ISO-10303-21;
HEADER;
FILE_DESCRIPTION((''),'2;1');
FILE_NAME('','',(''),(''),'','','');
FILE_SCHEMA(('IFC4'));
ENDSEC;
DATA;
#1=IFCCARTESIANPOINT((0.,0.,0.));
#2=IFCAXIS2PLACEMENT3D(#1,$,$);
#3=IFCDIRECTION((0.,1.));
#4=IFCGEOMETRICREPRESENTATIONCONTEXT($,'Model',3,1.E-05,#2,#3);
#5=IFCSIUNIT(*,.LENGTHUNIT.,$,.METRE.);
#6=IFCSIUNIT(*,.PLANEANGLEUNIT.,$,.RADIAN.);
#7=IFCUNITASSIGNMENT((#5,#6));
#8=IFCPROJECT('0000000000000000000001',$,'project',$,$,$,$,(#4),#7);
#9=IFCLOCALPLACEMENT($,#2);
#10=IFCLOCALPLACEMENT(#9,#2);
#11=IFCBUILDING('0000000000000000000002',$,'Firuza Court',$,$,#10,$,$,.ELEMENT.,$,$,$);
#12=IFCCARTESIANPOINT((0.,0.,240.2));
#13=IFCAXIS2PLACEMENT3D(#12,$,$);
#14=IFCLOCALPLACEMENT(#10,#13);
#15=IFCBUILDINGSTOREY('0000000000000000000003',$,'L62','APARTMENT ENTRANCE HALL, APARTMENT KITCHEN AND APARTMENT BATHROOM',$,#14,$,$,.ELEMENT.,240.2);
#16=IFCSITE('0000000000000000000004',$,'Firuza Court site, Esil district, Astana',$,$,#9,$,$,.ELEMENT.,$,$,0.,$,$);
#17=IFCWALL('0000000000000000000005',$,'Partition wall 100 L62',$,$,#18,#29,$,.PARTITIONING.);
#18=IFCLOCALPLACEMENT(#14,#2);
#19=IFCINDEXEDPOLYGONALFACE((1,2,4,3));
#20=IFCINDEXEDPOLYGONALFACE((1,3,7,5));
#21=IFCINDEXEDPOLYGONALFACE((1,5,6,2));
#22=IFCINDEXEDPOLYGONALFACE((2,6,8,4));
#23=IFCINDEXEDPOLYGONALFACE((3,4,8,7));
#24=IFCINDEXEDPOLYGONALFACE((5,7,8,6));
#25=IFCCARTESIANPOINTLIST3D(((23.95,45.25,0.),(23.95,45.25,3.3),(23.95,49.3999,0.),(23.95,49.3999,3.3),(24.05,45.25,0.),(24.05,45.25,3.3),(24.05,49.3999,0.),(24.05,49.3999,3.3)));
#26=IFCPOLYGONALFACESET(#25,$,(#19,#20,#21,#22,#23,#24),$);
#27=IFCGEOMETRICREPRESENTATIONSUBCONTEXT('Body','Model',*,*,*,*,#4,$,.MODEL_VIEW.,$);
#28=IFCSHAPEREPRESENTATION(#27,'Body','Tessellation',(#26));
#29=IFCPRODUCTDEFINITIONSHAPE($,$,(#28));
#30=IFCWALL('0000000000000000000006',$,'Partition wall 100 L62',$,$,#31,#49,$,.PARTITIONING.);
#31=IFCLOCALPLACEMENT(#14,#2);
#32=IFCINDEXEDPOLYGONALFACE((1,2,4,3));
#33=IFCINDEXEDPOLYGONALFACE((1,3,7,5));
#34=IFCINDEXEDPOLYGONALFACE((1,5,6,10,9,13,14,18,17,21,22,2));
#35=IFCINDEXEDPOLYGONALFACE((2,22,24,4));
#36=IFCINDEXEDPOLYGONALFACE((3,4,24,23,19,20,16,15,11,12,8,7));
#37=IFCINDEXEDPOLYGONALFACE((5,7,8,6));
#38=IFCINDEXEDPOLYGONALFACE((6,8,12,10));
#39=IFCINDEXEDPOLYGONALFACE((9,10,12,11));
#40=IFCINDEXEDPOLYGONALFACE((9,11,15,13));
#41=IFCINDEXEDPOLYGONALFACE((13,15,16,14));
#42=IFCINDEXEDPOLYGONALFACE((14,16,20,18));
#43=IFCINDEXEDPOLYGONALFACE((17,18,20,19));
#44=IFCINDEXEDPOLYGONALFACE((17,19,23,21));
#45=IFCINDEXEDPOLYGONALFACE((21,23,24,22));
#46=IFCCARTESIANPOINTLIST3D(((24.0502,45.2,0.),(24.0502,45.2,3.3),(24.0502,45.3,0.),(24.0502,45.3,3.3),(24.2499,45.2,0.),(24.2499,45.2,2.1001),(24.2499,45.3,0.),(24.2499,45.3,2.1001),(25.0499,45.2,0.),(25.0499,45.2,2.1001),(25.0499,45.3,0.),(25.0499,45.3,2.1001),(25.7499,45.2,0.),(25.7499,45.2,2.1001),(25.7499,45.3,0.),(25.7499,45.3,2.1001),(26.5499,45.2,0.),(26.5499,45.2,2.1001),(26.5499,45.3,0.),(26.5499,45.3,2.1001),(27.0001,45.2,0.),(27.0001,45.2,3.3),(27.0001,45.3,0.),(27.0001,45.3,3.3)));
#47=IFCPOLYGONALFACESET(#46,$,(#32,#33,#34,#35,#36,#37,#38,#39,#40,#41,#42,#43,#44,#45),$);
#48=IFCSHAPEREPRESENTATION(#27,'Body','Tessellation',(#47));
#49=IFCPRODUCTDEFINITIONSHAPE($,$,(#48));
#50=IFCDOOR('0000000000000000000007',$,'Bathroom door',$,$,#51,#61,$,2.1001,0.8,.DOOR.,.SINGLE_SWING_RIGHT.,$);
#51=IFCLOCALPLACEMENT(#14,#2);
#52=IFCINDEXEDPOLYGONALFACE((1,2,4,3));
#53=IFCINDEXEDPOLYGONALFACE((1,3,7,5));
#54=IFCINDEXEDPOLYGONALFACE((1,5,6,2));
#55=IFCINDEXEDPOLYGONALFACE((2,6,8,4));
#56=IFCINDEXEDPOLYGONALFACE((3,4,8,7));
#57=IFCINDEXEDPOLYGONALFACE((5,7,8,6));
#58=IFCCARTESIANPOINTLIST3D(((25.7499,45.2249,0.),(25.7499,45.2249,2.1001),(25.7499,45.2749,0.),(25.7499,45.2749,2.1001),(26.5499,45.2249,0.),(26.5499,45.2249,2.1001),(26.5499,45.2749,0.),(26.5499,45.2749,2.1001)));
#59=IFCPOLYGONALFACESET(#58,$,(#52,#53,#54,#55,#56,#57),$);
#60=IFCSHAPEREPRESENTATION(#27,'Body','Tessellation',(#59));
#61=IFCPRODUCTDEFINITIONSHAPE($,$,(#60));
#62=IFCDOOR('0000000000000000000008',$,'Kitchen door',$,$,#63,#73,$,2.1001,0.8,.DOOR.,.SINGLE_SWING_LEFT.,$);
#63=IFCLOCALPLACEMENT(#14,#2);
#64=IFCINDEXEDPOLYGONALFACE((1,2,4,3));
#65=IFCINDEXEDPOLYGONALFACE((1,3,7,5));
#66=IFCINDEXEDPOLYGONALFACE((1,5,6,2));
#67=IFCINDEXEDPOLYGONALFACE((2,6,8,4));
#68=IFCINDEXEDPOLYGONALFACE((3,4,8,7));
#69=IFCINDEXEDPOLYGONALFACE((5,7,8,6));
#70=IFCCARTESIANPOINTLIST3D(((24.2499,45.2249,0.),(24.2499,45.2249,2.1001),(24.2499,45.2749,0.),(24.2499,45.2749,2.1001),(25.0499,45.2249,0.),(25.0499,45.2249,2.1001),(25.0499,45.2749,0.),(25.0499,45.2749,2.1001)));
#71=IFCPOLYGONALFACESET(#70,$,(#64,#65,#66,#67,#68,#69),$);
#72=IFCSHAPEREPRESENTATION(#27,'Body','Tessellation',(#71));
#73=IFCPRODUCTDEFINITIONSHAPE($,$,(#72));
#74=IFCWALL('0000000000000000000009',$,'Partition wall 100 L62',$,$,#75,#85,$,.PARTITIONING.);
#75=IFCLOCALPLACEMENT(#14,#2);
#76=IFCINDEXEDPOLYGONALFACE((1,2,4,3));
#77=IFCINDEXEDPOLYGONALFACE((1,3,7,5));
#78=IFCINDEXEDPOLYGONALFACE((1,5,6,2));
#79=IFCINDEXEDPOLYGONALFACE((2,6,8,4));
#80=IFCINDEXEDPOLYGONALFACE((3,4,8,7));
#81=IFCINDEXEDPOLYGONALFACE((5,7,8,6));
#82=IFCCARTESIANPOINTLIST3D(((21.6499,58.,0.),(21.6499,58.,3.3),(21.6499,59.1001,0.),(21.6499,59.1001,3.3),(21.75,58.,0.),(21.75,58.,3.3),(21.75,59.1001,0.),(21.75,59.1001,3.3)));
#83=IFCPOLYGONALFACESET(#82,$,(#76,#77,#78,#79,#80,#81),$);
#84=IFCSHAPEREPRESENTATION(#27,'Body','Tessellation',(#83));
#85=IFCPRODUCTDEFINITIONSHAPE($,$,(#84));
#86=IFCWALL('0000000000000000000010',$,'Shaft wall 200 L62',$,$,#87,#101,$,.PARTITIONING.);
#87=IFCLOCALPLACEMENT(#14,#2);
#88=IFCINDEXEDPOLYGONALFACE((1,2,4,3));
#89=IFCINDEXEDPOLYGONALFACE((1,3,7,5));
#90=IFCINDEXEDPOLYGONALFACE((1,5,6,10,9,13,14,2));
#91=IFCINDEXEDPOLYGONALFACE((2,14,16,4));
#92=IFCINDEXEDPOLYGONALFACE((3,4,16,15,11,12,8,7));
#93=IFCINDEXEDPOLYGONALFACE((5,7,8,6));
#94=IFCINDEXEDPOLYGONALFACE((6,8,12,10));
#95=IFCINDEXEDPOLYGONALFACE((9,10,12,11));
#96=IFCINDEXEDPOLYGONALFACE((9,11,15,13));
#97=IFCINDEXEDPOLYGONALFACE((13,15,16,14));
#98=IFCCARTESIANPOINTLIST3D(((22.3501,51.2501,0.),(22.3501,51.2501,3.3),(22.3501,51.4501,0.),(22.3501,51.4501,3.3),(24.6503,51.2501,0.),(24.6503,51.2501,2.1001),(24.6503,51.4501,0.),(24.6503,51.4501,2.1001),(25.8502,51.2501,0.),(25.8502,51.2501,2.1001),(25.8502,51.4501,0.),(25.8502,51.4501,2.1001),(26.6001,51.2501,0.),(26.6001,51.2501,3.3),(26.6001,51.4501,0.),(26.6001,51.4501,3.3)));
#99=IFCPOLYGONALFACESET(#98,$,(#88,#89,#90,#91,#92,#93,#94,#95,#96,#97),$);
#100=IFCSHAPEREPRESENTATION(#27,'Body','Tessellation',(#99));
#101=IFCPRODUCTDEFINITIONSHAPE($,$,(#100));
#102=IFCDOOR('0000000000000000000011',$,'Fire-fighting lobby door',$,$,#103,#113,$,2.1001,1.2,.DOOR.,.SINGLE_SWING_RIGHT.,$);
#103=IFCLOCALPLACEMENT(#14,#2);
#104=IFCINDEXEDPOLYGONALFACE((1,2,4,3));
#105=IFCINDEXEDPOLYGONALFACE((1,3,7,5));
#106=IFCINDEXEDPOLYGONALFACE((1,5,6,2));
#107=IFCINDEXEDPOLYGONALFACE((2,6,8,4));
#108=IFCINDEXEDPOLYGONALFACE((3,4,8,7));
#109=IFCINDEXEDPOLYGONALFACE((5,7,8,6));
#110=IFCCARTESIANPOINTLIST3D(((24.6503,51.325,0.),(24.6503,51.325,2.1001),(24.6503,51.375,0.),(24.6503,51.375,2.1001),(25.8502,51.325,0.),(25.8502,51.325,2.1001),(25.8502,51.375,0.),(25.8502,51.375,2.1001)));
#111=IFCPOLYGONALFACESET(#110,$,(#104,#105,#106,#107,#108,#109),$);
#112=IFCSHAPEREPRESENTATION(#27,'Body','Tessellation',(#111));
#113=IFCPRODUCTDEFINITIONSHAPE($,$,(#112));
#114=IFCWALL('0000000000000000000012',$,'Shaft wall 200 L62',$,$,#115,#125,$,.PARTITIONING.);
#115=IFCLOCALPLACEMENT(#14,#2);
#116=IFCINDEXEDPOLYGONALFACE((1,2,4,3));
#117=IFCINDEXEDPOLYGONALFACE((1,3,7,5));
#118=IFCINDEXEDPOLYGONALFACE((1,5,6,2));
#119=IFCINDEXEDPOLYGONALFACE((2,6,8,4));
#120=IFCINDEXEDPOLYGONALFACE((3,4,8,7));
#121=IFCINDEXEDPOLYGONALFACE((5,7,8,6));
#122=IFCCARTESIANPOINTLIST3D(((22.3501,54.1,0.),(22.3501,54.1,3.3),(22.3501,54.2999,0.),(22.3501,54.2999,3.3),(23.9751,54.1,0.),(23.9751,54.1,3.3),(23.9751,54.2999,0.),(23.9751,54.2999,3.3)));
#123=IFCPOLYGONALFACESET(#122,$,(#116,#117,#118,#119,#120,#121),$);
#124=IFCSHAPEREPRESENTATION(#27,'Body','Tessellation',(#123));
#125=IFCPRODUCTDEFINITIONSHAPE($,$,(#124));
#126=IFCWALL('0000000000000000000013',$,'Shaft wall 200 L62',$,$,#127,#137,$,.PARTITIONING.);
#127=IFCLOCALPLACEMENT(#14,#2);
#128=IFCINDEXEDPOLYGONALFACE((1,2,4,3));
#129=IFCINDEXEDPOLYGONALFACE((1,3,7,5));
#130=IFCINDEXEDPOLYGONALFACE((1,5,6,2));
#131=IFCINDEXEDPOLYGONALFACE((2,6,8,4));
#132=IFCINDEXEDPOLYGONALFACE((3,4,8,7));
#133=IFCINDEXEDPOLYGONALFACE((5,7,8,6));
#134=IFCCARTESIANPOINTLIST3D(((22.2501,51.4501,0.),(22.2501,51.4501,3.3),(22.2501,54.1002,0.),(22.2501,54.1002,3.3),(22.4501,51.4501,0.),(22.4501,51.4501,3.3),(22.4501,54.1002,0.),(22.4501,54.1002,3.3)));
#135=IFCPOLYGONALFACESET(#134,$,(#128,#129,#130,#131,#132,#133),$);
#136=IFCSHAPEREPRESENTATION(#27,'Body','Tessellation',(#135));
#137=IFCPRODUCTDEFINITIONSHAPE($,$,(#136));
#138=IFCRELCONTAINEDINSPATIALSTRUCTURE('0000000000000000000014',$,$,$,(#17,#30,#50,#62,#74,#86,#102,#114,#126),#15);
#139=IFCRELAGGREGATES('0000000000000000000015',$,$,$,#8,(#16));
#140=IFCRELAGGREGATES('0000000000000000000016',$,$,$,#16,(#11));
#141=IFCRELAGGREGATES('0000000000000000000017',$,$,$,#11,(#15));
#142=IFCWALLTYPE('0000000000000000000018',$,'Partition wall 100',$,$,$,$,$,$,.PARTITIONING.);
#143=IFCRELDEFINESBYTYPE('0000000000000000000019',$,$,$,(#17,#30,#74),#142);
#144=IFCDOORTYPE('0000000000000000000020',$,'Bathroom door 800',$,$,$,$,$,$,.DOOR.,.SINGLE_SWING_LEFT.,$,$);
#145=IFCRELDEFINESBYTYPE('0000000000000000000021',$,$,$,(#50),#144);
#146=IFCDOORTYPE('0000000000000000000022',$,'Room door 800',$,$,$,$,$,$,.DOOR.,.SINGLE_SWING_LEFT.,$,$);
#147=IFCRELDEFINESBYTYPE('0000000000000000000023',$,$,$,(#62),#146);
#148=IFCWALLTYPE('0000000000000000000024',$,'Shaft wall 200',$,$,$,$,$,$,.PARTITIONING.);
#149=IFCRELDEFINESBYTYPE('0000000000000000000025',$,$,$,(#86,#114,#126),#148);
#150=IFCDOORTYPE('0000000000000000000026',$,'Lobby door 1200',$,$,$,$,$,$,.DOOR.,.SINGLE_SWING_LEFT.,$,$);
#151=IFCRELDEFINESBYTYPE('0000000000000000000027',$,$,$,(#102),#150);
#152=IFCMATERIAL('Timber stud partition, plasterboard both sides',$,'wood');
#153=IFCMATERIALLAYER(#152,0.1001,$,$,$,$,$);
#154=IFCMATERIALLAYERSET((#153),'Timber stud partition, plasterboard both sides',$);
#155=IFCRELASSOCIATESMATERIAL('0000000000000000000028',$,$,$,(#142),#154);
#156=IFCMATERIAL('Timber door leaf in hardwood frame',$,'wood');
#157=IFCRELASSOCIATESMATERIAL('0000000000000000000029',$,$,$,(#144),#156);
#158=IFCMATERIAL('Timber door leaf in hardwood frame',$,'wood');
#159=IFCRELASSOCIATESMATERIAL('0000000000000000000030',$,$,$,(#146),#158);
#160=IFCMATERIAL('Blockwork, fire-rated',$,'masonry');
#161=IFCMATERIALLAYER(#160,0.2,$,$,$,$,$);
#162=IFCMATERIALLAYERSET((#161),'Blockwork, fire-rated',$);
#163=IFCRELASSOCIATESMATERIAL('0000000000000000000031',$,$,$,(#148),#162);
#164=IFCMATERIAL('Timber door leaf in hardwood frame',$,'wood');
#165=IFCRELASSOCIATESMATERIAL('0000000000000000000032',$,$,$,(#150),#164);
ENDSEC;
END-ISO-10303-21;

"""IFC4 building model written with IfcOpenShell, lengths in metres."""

from ifc_helpers import new_model, si_unit, direction, frame, frame_2d, origin, place, context, subcontext, project, spatial, rectangle, extrude, material, layer, layer_set, type_object, element, fill, save


model = new_model("IFC4")

# Units and contexts
model_context = context("Model", 3, precision=1e-05, world=origin(), true_north=direction((0.0, 1.0)))
body_context = subcontext(model_context, "Body", "Model", "MODEL_VIEW")
ifc_project = project(units=[si_unit("LENGTHUNIT", "METRE"), si_unit("PLANEANGLEUNIT", "RADIAN")], contexts=[model_context])

# Site, building, storey
site_placement = place(None, origin())
site = spatial("IfcSite", under=ifc_project, at=site_placement, Name="Firuza Court site, Esil district, Astana", CompositionType="ELEMENT", RefElevation=0.0)
building_placement = place(site_placement, origin())
building = spatial("IfcBuilding", under=site, at=building_placement, Name="Firuza Court", CompositionType="ELEMENT")
storey_placement = place(building_placement, frame((0.0, 0.0, 240.2)))
storey = spatial("IfcBuildingStorey", under=building, at=storey_placement, Name="L62", Description="APARTMENT ENTRANCE HALL, APARTMENT KITCHEN AND APARTMENT BATHROOM", CompositionType="ELEMENT", Elevation=240.2)

# Shared definitions
ifc_material_1 = material(Name="Timber stud partition, plasterboard both sides", Category="wood")
ifc_layer_1 = layer(ifc_material_1, 0.1001)
ifc_layer_set_1 = layer_set([ifc_layer_1], Name="Timber stud partition, plasterboard both sides")
wall_type_1 = type_object("IfcWallType", Name="Partition wall 100", PredefinedType="PARTITIONING", material=ifc_layer_set_1)

# Wall
wall_1_placement = place(storey_placement, frame((24.0, 45.25, 0.0), z_axis=(0.0, 0.0, 1.0), x_axis=(0.0, 1.0, 0.0)))
element("IfcWall", 1, at=wall_1_placement, inside=storey, type_object=wall_type_1, Name="Partition wall 100 L62", PredefinedType="PARTITIONING", context=body_context, shape_type="SweptSolid", body=[
    extrude(rectangle(XDim=4.1499, YDim=0.1001, at=frame_2d((2.075, 0.0))), origin(), (0.0, 0.0, 1.0), 3.3),
])

# Wall, openings, doors
wall_2_placement = place(storey_placement, frame((24.05, 45.25, 0.0), z_axis=(0.0, 0.0, 1.0), x_axis=(1.0, 0.0, 0.0)))
wall_2 = element("IfcWall", 2, at=wall_2_placement, inside=storey, type_object=wall_type_1, Name="Partition wall 100 L62", PredefinedType="PARTITIONING", context=body_context, shape_type="SweptSolid", body=[
    extrude(rectangle(XDim=2.95, YDim=0.1001, at=frame_2d((1.4751, 0.0))), origin(), (0.0, 0.0, 1.0), 3.3),
])
opening_1_placement = place(wall_2_placement, frame((1.7, 0.0, 0.0)))
opening_1 = element("IfcOpeningElement", 3, at=opening_1_placement, cuts=wall_2, PredefinedType="OPENING", context=body_context, shape_type="SweptSolid", body=[
    extrude(rectangle(XDim=0.8, YDim=2.1001, at=frame_2d((0.3999, 1.05))), frame((0.0, 0.062, 0.0), z_axis=(0.0, -1.0, 0.0), x_axis=(1.0, 0.0, 0.0)), (0.0, 0.0, 1.0), 0.124),
])
opening_2_placement = place(wall_2_placement, frame((0.2, 0.0, 0.0)))
opening_2 = element("IfcOpeningElement", 4, at=opening_2_placement, cuts=wall_2, PredefinedType="OPENING", context=body_context, shape_type="SweptSolid", body=[
    extrude(rectangle(XDim=0.8, YDim=2.1001, at=frame_2d((0.3999, 1.05))), frame((0.0, 0.062, 0.0), z_axis=(0.0, -1.0, 0.0), x_axis=(1.0, 0.0, 0.0)), (0.0, 0.0, 1.0), 0.124),
])
ifc_material_2 = material(Name="Timber door leaf in hardwood frame", Category="wood")
door_type_1 = type_object("IfcDoorType", Name="Bathroom door 800", OperationType="SINGLE_SWING_LEFT", PredefinedType="DOOR", material=ifc_material_2)
door_1_placement = place(opening_1_placement, origin())
door_1 = element("IfcDoor", 5, at=door_1_placement, inside=storey, type_object=door_type_1, Name="Bathroom door", OperationType="SINGLE_SWING_RIGHT", OverallHeight=2.1001, OverallWidth=0.8, PredefinedType="DOOR", context=body_context, shape_type="SweptSolid", body=[
    extrude(rectangle(XDim=0.8, YDim=2.1001, at=frame_2d((0.3999, 1.05))), frame((0.0, 0.0249, 0.0), z_axis=(0.0, -1.0, 0.0), x_axis=(1.0, 0.0, 0.0)), (0.0, 0.0, 1.0), 0.05),
])
fill(opening_1, door_1)
ifc_material_3 = material(Name="Timber door leaf in hardwood frame", Category="wood")
door_type_2 = type_object("IfcDoorType", Name="Room door 800", OperationType="SINGLE_SWING_LEFT", PredefinedType="DOOR", material=ifc_material_3)
door_2_placement = place(opening_2_placement, origin())
door_2 = element("IfcDoor", 6, at=door_2_placement, inside=storey, type_object=door_type_2, Name="Kitchen door", OperationType="SINGLE_SWING_LEFT", OverallHeight=2.1001, OverallWidth=0.8, PredefinedType="DOOR", context=body_context, shape_type="SweptSolid", body=[
    extrude(rectangle(XDim=0.8, YDim=2.1001, at=frame_2d((0.3999, 1.05))), frame((0.0, 0.0249, 0.0), z_axis=(0.0, -1.0, 0.0), x_axis=(1.0, 0.0, 0.0)), (0.0, 0.0, 1.0), 0.05),
])
fill(opening_2, door_2)

# Wall
wall_3_placement = place(storey_placement, frame((21.7, 58.0, 0.0), z_axis=(0.0, 0.0, 1.0), x_axis=(0.0, 1.0, 0.0)))
element("IfcWall", 7, at=wall_3_placement, inside=storey, type_object=wall_type_1, Name="Partition wall 100 L62", PredefinedType="PARTITIONING", context=body_context, shape_type="SweptSolid", body=[
    extrude(rectangle(XDim=1.1001, YDim=0.1001, at=frame_2d((0.55, 0.0))), origin(), (0.0, 0.0, 1.0), 3.3),
])

# Wall, opening, door
ifc_material_4 = material(Name="Blockwork, fire-rated", Category="masonry")
ifc_layer_2 = layer(ifc_material_4, 0.2)
ifc_layer_set_2 = layer_set([ifc_layer_2], Name="Blockwork, fire-rated")
wall_type_2 = type_object("IfcWallType", Name="Shaft wall 200", PredefinedType="PARTITIONING", material=ifc_layer_set_2)
wall_4_placement = place(storey_placement, frame((22.3501, 51.3501, 0.0), z_axis=(0.0, 0.0, 1.0), x_axis=(1.0, 0.0, 0.0)))
wall_4 = element("IfcWall", 8, at=wall_4_placement, inside=storey, type_object=wall_type_2, Name="Shaft wall 200 L62", PredefinedType="PARTITIONING", context=body_context, shape_type="SweptSolid", body=[
    extrude(rectangle(XDim=4.25, YDim=0.2, at=frame_2d((2.125, 0.0))), origin(), (0.0, 0.0, 1.0), 3.3),
])
opening_3_placement = place(wall_4_placement, frame((2.3, 0.0, 0.0)))
opening_3 = element("IfcOpeningElement", 9, at=opening_3_placement, cuts=wall_4, PredefinedType="OPENING", context=body_context, shape_type="SweptSolid", body=[
    extrude(rectangle(XDim=1.2, YDim=2.1001, at=frame_2d((0.6001, 1.05))), frame((0.0, 0.1118, 0.0), z_axis=(0.0, -1.0, 0.0), x_axis=(1.0, 0.0, 0.0)), (0.0, 0.0, 1.0), 0.2239),
])
ifc_material_5 = material(Name="Timber door leaf in hardwood frame", Category="wood")
door_type_3 = type_object("IfcDoorType", Name="Lobby door 1200", OperationType="SINGLE_SWING_LEFT", PredefinedType="DOOR", material=ifc_material_5)
door_3_placement = place(opening_3_placement, origin())
door_3 = element("IfcDoor", 10, at=door_3_placement, inside=storey, type_object=door_type_3, Name="Fire-fighting lobby door", OperationType="SINGLE_SWING_RIGHT", OverallHeight=2.1001, OverallWidth=1.2, PredefinedType="DOOR", context=body_context, shape_type="SweptSolid", body=[
    extrude(rectangle(XDim=1.2, YDim=2.1001, at=frame_2d((0.6001, 1.05))), frame((0.0, 0.0249, 0.0), z_axis=(0.0, -1.0, 0.0), x_axis=(1.0, 0.0, 0.0)), (0.0, 0.0, 1.0), 0.05),
])
fill(opening_3, door_3)

# Walls
wall_5_placement = place(storey_placement, frame((22.3501, 54.2, 0.0), z_axis=(0.0, 0.0, 1.0), x_axis=(1.0, 0.0, 0.0)))
element("IfcWall", 11, at=wall_5_placement, inside=storey, type_object=wall_type_2, Name="Shaft wall 200 L62", PredefinedType="PARTITIONING", context=body_context, shape_type="SweptSolid", body=[
    extrude(rectangle(XDim=1.625, YDim=0.2, at=frame_2d((0.8125, 0.0))), origin(), (0.0, 0.0, 1.0), 3.3),
])
wall_6_placement = place(storey_placement, frame((22.3501, 51.45, 0.0), z_axis=(0.0, 0.0, 1.0), x_axis=(0.0, 1.0, 0.0)))
element("IfcWall", 12, at=wall_6_placement, inside=storey, type_object=wall_type_2, Name="Shaft wall 200 L62", PredefinedType="PARTITIONING", context=body_context, shape_type="SweptSolid", body=[
    extrude(rectangle(XDim=2.6501, YDim=0.2, at=frame_2d((1.3252, 0.0))), origin(), (0.0, 0.0, 1.0), 3.3),
])

save(model, "model.ifc")
